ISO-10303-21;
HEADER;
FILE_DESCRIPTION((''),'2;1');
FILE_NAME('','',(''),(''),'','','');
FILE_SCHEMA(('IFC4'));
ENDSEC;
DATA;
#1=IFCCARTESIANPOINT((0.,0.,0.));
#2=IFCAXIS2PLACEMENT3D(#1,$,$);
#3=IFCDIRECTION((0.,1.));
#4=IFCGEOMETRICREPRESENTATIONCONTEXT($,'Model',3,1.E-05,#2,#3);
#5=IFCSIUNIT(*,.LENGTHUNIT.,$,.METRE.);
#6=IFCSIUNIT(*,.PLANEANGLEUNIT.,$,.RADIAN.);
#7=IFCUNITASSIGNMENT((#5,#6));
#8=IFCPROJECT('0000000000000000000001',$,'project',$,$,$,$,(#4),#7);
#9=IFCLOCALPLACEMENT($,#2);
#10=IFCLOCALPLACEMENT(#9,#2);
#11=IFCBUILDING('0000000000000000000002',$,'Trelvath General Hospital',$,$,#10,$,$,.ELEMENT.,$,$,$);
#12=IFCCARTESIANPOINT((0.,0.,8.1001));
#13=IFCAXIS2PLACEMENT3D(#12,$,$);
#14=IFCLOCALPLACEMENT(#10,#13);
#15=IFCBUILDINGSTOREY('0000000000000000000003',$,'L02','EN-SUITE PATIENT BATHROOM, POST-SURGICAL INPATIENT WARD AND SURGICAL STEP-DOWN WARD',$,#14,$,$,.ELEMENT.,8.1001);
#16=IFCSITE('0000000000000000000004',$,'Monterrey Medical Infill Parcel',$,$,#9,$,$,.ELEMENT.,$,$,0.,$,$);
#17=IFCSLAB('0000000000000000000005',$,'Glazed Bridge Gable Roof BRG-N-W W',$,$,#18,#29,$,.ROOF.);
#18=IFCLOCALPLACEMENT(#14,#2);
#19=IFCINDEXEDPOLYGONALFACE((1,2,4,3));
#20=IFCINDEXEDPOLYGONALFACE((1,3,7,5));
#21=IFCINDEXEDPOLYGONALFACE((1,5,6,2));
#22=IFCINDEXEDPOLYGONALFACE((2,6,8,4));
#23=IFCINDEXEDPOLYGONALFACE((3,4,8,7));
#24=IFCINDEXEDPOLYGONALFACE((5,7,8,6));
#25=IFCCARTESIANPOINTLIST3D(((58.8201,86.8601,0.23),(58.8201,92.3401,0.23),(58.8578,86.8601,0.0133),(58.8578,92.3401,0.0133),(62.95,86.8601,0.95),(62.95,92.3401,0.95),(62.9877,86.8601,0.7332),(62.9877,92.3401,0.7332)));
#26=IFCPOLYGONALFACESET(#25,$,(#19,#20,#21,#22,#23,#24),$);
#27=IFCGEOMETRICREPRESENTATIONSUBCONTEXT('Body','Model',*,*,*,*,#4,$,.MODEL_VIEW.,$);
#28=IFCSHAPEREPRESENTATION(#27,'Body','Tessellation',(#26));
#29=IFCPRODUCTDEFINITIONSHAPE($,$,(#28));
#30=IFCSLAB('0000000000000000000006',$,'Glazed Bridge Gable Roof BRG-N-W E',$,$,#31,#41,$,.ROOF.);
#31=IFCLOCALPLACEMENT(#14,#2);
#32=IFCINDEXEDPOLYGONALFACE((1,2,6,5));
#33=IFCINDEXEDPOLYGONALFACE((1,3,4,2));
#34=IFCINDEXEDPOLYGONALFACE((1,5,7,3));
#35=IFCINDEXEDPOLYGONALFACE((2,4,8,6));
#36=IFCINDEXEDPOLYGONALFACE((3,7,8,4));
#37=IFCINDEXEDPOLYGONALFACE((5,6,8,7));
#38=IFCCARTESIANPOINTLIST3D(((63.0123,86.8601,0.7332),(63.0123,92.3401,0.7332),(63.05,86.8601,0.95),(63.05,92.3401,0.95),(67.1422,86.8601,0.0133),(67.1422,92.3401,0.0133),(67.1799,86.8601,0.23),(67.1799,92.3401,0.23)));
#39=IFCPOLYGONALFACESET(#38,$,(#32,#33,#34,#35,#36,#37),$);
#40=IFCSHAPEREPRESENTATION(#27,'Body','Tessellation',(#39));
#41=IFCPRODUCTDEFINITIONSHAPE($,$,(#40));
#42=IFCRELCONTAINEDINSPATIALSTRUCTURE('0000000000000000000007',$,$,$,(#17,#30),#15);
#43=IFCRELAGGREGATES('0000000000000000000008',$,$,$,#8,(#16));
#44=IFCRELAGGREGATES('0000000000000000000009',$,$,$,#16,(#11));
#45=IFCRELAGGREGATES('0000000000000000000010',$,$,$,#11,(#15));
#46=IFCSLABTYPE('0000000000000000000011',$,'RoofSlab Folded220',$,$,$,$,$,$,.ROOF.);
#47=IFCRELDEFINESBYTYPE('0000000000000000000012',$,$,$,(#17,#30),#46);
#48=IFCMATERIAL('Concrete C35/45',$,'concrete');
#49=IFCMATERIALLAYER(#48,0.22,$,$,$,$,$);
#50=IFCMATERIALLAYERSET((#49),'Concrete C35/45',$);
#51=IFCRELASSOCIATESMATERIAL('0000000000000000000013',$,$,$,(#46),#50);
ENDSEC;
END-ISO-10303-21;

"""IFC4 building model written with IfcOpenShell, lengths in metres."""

from ifc_helpers import new_model, si_unit, direction, frame, origin, place, context, subcontext, project, spatial, polyline, outline, extrude, material, layer, layer_set, type_object, element, save


model = new_model("IFC4")

# Units and contexts
model_context = context("Model", 3, precision=1e-05, world=origin(), true_north=direction((0.0, 1.0)))
body_context = subcontext(model_context, "Body", "Model", "MODEL_VIEW")
ifc_project = project(units=[si_unit("LENGTHUNIT", "METRE"), si_unit("PLANEANGLEUNIT", "RADIAN")], contexts=[model_context])

# Site, building, storey
site_placement = place(None, origin())
site = spatial("IfcSite", under=ifc_project, at=site_placement, Name="Monterrey Medical Infill Parcel", CompositionType="ELEMENT", RefElevation=0.0)
building_placement = place(site_placement, origin())
building = spatial("IfcBuilding", under=site, at=building_placement, Name="Trelvath General Hospital", CompositionType="ELEMENT")
storey_placement = place(building_placement, frame((0.0, 0.0, 8.1001)))
storey = spatial("IfcBuildingStorey", under=building, at=storey_placement, Name="L02", Description="EN-SUITE PATIENT BATHROOM, POST-SURGICAL INPATIENT WARD AND SURGICAL STEP-DOWN WARD", CompositionType="ELEMENT", Elevation=8.1001)

# Slabs
ifc_material_1 = material(Name="Concrete C35/45", Category="concrete")
ifc_layer_1 = layer(ifc_material_1, 0.22)
ifc_layer_set_1 = layer_set([ifc_layer_1], Name="Concrete C35/45")
slab_type = type_object("IfcSlabType", Name="RoofSlab Folded220", PredefinedType="ROOF", material=ifc_layer_set_1)
for number, where, z_axis, x_axis, name in (
    (1, (58.8201, 86.8601, 0.23), (-0.171742, 0.0, 0.985142), (0.985142, 0.0, 0.171742), "Glazed Bridge Gable Roof BRG-N-W W"),
    (2, (63.05, 86.8601, 0.95), (0.171742, 0.0, 0.985142), (0.985142, 0.0, -0.171742), "Glazed Bridge Gable Roof BRG-N-W E"),
):
    element("IfcSlab", number, at=place(storey_placement, frame(where, z_axis=z_axis, x_axis=x_axis)), inside=storey, type_object=slab_type, Name=name, PredefinedType="ROOF", context=body_context, shape_type="SweptSolid", body=[
        extrude(outline(polyline([(0.0, 0.0), (4.1922, 0.0), (4.1922, 5.48), (0.0, 5.48), (0.0, 0.0)])), origin(), (0.0, 0.0, -1.0), 0.22),
    ])

save(model, "model.ifc")
